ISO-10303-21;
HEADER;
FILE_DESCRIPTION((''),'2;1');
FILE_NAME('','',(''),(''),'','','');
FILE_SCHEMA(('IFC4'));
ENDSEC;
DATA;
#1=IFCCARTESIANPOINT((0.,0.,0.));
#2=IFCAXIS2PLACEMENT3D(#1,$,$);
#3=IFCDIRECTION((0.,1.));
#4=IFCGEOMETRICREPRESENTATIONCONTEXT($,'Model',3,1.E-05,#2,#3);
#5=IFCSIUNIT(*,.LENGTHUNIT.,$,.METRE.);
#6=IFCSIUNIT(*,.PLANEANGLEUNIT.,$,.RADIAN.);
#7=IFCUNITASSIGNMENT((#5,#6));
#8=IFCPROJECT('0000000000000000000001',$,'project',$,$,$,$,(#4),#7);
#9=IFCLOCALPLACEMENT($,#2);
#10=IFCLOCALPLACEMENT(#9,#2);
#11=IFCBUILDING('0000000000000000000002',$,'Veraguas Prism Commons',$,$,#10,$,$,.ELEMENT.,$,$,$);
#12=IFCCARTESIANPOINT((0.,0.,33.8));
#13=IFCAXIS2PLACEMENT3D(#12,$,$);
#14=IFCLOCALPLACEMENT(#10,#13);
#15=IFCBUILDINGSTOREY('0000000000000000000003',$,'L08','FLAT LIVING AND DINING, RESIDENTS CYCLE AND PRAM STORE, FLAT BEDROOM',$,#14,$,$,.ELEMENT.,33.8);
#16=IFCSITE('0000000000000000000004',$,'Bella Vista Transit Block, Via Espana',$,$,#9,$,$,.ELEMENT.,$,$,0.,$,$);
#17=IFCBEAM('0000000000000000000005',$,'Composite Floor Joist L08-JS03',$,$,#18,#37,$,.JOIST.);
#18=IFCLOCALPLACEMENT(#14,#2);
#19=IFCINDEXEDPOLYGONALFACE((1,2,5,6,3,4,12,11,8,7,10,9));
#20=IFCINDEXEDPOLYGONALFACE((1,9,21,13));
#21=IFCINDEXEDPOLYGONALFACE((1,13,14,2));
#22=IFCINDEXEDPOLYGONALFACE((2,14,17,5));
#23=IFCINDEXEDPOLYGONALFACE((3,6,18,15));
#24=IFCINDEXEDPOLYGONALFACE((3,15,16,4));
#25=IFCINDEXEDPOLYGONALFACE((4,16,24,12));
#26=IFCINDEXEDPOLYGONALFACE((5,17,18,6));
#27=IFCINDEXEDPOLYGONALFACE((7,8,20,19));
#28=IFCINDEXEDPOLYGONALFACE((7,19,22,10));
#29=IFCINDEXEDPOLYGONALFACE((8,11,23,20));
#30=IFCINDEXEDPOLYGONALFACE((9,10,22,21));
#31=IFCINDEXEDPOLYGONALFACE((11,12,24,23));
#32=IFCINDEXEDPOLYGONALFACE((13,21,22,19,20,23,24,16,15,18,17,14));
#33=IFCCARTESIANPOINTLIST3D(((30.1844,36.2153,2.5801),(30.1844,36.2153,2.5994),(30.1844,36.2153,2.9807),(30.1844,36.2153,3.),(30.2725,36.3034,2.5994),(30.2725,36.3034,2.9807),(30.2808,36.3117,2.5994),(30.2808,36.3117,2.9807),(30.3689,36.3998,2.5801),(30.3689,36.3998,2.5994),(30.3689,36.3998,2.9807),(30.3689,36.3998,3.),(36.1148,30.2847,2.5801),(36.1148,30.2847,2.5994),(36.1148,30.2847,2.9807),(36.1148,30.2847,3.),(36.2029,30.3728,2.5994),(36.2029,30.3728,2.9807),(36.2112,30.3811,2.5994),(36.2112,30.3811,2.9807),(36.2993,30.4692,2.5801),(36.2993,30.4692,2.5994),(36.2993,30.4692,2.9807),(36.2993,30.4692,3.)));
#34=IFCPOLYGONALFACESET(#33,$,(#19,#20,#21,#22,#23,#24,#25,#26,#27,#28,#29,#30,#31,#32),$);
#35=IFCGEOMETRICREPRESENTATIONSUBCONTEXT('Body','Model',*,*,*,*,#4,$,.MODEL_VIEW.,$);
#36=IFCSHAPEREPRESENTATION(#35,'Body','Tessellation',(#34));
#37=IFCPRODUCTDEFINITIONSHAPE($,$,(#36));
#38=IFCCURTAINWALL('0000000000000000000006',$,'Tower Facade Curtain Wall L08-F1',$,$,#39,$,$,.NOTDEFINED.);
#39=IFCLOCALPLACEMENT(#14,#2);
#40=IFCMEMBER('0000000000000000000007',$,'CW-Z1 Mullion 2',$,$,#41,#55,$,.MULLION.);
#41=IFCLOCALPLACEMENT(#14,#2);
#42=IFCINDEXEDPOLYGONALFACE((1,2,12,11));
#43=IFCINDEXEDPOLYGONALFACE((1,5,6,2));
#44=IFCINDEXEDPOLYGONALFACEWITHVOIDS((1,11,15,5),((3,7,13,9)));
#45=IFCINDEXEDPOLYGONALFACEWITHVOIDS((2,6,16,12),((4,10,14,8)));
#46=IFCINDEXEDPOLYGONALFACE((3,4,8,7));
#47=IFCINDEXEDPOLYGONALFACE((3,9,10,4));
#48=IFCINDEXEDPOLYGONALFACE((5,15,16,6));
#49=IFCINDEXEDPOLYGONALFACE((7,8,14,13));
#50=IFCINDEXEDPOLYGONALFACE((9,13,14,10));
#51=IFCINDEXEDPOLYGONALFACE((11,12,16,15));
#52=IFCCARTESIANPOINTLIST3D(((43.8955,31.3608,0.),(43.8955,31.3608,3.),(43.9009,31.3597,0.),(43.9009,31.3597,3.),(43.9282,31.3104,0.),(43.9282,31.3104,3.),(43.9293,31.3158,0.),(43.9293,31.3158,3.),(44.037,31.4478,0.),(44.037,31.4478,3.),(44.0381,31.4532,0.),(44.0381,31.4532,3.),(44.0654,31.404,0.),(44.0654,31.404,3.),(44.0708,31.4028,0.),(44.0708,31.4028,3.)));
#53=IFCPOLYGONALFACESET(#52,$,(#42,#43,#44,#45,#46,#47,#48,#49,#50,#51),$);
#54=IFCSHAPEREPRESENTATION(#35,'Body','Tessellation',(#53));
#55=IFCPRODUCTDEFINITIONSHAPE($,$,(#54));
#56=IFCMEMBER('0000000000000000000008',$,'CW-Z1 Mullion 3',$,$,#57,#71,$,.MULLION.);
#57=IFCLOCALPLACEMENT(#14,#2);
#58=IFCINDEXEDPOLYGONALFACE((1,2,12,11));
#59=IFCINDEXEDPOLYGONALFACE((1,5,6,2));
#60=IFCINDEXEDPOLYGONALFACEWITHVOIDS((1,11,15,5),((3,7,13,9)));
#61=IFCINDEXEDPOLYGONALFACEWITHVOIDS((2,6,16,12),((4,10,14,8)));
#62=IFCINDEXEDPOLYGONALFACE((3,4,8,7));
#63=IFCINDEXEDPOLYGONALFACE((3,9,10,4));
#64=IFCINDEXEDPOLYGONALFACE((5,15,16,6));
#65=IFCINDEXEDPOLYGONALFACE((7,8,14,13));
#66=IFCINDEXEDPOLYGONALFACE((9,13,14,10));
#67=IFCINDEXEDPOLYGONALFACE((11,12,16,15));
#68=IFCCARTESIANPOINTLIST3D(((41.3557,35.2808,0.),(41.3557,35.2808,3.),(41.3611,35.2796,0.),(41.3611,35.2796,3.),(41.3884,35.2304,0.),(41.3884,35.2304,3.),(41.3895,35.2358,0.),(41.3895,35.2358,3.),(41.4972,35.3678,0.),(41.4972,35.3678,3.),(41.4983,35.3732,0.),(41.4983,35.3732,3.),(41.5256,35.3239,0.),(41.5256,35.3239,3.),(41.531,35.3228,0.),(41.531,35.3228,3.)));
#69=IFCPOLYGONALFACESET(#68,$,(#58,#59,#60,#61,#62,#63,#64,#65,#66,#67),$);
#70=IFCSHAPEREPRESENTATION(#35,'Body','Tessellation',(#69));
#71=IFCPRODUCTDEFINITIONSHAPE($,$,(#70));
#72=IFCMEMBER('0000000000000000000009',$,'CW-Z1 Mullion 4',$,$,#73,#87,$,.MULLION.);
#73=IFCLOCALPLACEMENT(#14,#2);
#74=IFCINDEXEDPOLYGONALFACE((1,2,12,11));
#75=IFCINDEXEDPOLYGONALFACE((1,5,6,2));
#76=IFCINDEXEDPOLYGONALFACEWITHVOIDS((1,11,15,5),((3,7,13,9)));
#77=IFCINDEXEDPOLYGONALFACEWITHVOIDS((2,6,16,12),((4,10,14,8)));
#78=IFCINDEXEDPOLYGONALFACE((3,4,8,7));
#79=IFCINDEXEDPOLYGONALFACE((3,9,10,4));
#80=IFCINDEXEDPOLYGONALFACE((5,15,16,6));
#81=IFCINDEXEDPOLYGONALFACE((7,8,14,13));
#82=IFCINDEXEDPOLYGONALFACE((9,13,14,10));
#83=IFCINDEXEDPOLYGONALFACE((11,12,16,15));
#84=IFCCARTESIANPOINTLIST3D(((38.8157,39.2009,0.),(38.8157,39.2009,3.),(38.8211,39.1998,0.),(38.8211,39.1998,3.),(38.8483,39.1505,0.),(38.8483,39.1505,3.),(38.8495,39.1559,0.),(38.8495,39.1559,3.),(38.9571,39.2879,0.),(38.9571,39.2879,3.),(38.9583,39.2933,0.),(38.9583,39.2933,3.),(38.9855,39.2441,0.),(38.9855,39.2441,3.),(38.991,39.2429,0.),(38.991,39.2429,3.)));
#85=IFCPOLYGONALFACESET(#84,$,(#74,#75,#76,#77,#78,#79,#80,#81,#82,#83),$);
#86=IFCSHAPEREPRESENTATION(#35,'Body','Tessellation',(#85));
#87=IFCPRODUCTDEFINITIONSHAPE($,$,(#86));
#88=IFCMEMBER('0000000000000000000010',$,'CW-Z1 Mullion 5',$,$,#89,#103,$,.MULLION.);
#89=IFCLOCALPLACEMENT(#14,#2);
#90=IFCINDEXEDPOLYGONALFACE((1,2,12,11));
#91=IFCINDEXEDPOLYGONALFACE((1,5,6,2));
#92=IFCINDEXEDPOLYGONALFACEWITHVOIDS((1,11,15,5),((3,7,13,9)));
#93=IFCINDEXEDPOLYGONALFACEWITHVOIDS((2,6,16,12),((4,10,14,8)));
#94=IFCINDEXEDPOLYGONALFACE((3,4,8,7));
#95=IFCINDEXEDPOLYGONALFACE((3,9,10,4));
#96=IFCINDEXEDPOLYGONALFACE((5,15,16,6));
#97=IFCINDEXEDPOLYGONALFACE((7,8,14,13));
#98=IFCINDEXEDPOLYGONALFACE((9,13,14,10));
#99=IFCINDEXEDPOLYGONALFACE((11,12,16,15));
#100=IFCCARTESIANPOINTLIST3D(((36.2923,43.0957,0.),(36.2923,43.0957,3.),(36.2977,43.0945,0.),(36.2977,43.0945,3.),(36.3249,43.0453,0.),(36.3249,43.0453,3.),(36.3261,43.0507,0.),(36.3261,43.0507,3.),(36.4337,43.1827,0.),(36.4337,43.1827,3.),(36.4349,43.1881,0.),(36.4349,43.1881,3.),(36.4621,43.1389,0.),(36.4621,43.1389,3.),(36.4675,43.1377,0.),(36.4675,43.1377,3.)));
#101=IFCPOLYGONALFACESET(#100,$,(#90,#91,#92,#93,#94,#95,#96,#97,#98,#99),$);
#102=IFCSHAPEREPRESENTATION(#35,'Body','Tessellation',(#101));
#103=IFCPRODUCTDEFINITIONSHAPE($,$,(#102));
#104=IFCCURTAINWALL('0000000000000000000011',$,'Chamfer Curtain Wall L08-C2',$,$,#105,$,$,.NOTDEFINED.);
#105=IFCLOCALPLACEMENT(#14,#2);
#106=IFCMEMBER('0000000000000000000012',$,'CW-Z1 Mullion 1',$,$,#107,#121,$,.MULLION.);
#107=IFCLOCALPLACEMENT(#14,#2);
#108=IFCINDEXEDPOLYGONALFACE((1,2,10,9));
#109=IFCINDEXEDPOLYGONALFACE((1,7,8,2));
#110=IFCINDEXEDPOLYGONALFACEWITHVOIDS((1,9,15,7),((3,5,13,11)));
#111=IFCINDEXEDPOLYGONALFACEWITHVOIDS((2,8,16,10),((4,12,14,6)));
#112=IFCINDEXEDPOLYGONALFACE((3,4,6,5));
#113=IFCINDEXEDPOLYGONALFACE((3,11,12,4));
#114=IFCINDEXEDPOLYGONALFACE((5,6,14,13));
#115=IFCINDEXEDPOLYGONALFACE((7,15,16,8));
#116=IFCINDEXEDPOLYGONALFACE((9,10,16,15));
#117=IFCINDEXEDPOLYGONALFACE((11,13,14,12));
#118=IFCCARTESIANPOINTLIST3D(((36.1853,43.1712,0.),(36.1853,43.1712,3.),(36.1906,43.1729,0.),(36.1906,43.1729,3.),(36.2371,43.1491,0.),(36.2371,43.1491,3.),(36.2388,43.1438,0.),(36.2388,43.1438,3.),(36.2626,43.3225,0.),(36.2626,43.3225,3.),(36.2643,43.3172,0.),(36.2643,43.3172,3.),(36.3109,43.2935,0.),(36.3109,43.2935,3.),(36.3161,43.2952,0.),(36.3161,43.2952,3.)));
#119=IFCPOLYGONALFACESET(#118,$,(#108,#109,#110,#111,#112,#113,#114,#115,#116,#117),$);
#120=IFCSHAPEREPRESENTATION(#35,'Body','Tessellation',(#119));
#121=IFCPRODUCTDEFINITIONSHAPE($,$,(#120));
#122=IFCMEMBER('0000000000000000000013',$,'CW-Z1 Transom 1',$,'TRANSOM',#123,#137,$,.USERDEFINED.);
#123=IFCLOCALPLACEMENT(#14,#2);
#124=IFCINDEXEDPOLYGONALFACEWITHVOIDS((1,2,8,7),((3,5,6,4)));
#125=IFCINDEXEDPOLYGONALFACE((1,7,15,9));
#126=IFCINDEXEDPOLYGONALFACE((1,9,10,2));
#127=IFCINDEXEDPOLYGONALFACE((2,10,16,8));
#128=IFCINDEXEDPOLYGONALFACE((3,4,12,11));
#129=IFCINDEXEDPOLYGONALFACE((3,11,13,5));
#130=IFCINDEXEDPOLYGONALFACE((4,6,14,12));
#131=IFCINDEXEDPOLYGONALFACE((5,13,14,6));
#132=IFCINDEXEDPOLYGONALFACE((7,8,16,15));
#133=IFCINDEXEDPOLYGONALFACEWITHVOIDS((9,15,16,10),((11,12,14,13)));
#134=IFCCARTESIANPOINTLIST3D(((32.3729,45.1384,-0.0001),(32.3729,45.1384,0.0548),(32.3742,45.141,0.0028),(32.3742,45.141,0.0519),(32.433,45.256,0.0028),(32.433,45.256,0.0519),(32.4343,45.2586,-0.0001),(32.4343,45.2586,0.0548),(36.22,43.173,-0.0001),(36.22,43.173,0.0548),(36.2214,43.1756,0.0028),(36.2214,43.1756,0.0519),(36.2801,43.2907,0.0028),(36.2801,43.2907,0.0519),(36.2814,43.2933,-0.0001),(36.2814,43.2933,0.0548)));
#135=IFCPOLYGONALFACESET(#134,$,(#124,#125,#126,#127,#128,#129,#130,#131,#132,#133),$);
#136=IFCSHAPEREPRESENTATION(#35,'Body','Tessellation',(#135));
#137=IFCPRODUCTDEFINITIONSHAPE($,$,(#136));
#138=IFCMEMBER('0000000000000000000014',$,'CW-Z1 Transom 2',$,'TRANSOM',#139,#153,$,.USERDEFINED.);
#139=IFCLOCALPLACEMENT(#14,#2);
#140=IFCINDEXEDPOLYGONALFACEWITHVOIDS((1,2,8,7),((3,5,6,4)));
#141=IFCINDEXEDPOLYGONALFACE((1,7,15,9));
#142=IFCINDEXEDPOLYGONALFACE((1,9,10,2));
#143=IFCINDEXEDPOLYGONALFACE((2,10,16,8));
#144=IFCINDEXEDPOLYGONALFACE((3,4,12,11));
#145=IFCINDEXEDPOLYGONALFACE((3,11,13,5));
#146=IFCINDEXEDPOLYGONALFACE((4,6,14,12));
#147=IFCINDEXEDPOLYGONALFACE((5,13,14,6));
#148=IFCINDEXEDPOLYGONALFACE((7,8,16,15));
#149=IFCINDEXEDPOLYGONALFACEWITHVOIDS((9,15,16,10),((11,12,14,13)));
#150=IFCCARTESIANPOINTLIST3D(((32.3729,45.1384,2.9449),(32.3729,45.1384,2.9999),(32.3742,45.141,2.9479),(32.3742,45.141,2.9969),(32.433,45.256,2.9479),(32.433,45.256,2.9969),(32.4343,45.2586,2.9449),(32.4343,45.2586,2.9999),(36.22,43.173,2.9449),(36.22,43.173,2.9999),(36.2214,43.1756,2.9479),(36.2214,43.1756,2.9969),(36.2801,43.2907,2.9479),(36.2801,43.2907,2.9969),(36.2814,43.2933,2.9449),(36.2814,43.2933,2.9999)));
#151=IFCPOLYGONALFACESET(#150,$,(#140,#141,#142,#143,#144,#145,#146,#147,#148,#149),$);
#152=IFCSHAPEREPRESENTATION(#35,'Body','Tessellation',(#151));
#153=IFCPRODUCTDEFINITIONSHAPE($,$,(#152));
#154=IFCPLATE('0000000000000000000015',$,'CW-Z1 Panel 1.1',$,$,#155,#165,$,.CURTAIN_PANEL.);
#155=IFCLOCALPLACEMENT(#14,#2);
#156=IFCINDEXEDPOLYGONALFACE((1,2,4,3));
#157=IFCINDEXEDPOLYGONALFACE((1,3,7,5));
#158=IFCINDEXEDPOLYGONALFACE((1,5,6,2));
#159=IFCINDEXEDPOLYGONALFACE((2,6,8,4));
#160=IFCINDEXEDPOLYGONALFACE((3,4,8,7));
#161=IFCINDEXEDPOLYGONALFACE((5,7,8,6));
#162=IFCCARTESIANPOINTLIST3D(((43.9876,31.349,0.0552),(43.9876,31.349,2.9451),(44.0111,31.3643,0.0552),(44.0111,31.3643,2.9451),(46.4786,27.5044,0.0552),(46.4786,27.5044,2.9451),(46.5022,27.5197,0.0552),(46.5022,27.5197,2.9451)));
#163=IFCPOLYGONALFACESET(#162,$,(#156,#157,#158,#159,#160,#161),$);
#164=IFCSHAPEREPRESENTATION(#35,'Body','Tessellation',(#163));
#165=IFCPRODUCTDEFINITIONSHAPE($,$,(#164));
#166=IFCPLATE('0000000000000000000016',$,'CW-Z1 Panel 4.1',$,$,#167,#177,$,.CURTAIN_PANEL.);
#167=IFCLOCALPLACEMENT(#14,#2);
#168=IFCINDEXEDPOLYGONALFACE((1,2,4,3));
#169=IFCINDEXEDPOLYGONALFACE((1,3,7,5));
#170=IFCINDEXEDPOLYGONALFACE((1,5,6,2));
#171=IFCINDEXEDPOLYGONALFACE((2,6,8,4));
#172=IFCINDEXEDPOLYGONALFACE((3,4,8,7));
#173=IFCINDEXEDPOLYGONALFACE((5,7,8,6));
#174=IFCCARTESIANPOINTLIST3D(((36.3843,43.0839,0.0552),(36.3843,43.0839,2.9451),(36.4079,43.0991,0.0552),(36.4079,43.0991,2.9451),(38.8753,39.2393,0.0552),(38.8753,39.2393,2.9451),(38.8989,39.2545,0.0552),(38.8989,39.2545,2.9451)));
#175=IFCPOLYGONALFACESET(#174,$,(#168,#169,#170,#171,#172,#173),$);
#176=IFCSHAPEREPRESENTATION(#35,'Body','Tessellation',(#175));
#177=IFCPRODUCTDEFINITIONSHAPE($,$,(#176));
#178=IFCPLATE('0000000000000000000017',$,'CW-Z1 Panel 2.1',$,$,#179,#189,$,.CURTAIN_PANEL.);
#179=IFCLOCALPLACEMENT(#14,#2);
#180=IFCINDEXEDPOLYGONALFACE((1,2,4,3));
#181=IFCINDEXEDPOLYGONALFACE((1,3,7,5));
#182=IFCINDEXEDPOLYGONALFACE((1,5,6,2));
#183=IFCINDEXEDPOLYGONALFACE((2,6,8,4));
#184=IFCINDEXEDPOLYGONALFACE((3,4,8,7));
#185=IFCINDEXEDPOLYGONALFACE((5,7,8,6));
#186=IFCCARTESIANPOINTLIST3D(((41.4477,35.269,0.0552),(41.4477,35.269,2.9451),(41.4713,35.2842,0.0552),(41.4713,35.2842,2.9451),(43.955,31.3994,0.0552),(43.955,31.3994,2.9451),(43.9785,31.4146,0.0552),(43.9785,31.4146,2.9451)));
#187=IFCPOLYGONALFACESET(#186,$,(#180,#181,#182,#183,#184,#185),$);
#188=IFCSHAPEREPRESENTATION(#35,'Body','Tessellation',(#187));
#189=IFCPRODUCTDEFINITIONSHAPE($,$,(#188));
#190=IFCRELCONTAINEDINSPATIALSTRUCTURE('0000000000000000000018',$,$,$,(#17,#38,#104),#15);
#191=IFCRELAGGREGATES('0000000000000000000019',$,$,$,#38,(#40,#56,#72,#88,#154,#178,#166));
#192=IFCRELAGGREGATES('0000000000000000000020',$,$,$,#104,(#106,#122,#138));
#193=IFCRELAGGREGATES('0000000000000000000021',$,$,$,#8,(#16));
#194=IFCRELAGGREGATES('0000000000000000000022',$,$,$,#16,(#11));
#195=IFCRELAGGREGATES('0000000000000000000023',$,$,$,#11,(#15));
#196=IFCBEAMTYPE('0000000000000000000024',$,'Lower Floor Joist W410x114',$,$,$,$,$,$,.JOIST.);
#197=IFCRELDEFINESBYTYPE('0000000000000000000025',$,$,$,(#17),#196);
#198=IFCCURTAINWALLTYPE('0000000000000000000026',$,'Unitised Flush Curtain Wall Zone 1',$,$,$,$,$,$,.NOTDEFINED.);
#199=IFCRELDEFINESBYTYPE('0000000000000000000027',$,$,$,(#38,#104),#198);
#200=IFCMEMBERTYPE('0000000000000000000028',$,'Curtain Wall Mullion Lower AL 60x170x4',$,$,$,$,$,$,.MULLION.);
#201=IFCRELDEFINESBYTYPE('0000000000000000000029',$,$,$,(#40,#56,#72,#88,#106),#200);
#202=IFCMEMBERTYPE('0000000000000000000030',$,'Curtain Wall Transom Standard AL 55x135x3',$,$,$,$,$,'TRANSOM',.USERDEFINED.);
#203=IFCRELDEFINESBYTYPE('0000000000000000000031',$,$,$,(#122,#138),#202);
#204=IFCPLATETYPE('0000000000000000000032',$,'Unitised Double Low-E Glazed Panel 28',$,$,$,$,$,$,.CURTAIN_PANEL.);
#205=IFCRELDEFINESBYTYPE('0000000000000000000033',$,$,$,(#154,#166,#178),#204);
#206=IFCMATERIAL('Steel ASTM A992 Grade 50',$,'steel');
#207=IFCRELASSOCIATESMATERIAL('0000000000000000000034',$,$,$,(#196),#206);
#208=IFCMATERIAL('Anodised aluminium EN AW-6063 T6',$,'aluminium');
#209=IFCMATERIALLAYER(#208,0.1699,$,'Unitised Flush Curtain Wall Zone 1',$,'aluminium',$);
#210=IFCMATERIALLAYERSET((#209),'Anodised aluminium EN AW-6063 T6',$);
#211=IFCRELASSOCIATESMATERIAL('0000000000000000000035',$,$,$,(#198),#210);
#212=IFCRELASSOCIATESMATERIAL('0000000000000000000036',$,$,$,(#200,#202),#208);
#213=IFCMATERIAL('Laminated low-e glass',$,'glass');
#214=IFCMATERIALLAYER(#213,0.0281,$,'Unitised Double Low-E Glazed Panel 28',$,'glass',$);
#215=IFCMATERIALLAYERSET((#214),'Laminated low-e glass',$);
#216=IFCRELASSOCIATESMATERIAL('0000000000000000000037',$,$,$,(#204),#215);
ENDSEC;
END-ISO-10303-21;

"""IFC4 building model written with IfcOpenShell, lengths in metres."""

from ifc_helpers import new_model, si_unit, direction, frame, origin, origin_2d, place, context, subcontext, project, spatial, rectangle, hollow_rectangle, i_section, extrude, source, transform, mapped, material, layer, layer_set, material_profile, profile_set, type_object, element, aggregate, save


model = new_model("IFC4")

# Units and contexts
model_context = context("Model", 3, precision=1e-05, world=origin(), true_north=direction((0.0, 1.0)))
body_context = subcontext(model_context, "Body", "Model", "MODEL_VIEW")
ifc_project = project(units=[si_unit("LENGTHUNIT", "METRE"), si_unit("PLANEANGLEUNIT", "RADIAN")], contexts=[model_context])

# Site, building, storey
site_placement = place(None, origin())
site = spatial("IfcSite", under=ifc_project, at=site_placement, Name="Bella Vista Transit Block, Via Espana", CompositionType="ELEMENT", RefElevation=0.0)
building_placement = place(site_placement, origin())
building = spatial("IfcBuilding", under=site, at=building_placement, Name="Veraguas Prism Commons", CompositionType="ELEMENT")
storey_placement = place(building_placement, frame((0.0, 0.0, 33.8)))
storey = spatial("IfcBuildingStorey", under=building, at=storey_placement, Name="L08", Description="FLAT LIVING AND DINING, RESIDENTS CYCLE AND PRAM STORE, FLAT BEDROOM", CompositionType="ELEMENT", Elevation=33.8)

# Beam
ifc_material_1 = material(Name="Steel ASTM A992 Grade 50", Category="steel")
ifc_material_profile_1 = material_profile(ifc_material_1, i_section(OverallWidth=0.261, OverallDepth=0.4199, WebThickness=0.0117, FlangeThickness=0.0193, at=origin_2d()), Name="W410X114")
ifc_profile_set_1 = profile_set([ifc_material_profile_1], Name="Steel ASTM A992 Grade 50")
beam_type = type_object("IfcBeamType", Name="Lower Floor Joist W410x114", PredefinedType="JOIST", material=ifc_profile_set_1)
beam_placement = place(storey_placement, frame((36.207, 30.377, 2.79), z_axis=(-0.707092, 0.707121, 0.0), x_axis=(-0.707121, -0.707092, 0.0)))
element("IfcBeam", 1, at=beam_placement, inside=storey, type_object=beam_type, Name="Composite Floor Joist L08-JS03", PredefinedType="JOIST", context=body_context, shape_type="SweptSolid", body=[
    extrude(i_section(OverallWidth=0.261, OverallDepth=0.4199, WebThickness=0.0117, FlangeThickness=0.0193, at=origin_2d()), origin(), (0.0, 0.0, 1.0), 8.387),
])

# Curtain walls, members
ifc_material_2 = material(Name="Anodised aluminium EN AW-6063 T6", Category="aluminium")
ifc_layer_1 = layer(ifc_material_2, 0.1699, Name="Unitised Flush Curtain Wall Zone 1", Category="aluminium")
ifc_layer_set_1 = layer_set([ifc_layer_1], Name="Anodised aluminium EN AW-6063 T6")
curtain_wall_type = type_object("IfcCurtainWallType", Name="Unitised Flush Curtain Wall Zone 1", PredefinedType="NOTDEFINED", material=ifc_layer_set_1)
curtain_wall_1_placement = place(storey_placement, origin())
curtain_wall_1 = element("IfcCurtainWall", 2, at=curtain_wall_1_placement, inside=storey, type_object=curtain_wall_type, Name="Tower Facade Curtain Wall L08-F1", PredefinedType="NOTDEFINED")
ifc_material_profile_2 = material_profile(ifc_material_2, hollow_rectangle(XDim=0.0601, YDim=0.1699, WallThickness=0.0039, at=origin_2d()), Name="AL60X170X4")
ifc_profile_set_2 = profile_set([ifc_material_profile_2], Name="Anodised aluminium EN AW-6063 T6")
member_type_1 = type_object("IfcMemberType", Name="Curtain Wall Mullion Lower AL 60x170x4", PredefinedType="MULLION", material=ifc_profile_set_2)
shared_shape_1 = source(origin(), body_context, "Body", "SweptSolid", [
    extrude(hollow_rectangle(XDim=0.0601, YDim=0.1699, WallThickness=0.0039, at=origin_2d()), origin(), (0.0, 0.0, 1.0), 3.0),
])
member_1_placement = place(storey_placement, frame((43.9832, 31.3818, 0.0), z_axis=(0.0, 0.0, 1.0), x_axis=(-0.543766, 0.839237, 0.0)))
member_1 = element("IfcMember", 3, at=member_1_placement, type_object=member_type_1, Name="CW-Z1 Mullion 2", PredefinedType="MULLION", context=body_context, shape_type="MappedRepresentation", body=[
    mapped(shared_shape_1, transform((0.0, 0.0, 0.0), scale=1.0)),
])
member_2_placement = place(storey_placement, frame((41.4434, 35.3018, 0.0), z_axis=(0.0, 0.0, 1.0), x_axis=(-0.543766, 0.839237, 0.0)))
member_2 = element("IfcMember", 4, at=member_2_placement, type_object=member_type_1, Name="CW-Z1 Mullion 3", PredefinedType="MULLION", context=body_context, shape_type="MappedRepresentation", body=[
    mapped(shared_shape_1, transform((0.0, 0.0, 0.0), scale=1.0)),
])
member_3_placement = place(storey_placement, frame((38.9033, 39.2219, 0.0), z_axis=(0.0, 0.0, 1.0), x_axis=(-0.543766, 0.839237, 0.0)))
member_3 = element("IfcMember", 5, at=member_3_placement, type_object=member_type_1, Name="CW-Z1 Mullion 4", PredefinedType="MULLION", context=body_context, shape_type="MappedRepresentation", body=[
    mapped(shared_shape_1, transform((0.0, 0.0, 0.0), scale=1.0)),
])
member_4_placement = place(storey_placement, frame((36.3799, 43.1167, 0.0), z_axis=(0.0, 0.0, 1.0), x_axis=(-0.543766, 0.839237, 0.0)))
member_4 = element("IfcMember", 6, at=member_4_placement, type_object=member_type_1, Name="CW-Z1 Mullion 5", PredefinedType="MULLION", context=body_context, shape_type="MappedRepresentation", body=[
    mapped(shared_shape_1, transform((0.0, 0.0, 0.0), scale=1.0)),
])
curtain_wall_2_placement = place(storey_placement, origin())
curtain_wall_2 = element("IfcCurtainWall", 7, at=curtain_wall_2_placement, inside=storey, type_object=curtain_wall_type, Name="Chamfer Curtain Wall L08-C2", PredefinedType="NOTDEFINED")
member_5_placement = place(storey_placement, frame((36.2507, 43.2332, 0.0), z_axis=(0.0, 0.0, 1.0), x_axis=(-0.890531, 0.454923, 0.0)))
member_5 = element("IfcMember", 8, at=member_5_placement, type_object=member_type_1, Name="CW-Z1 Mullion 1", PredefinedType="MULLION", context=body_context, shape_type="MappedRepresentation", body=[
    mapped(shared_shape_1, transform((0.0, 0.0, 0.0), scale=1.0)),
])
ifc_material_profile_3 = material_profile(ifc_material_2, hollow_rectangle(XDim=0.0549, YDim=0.135, WallThickness=0.0029, at=origin_2d()), Name="AL55X135X3")
ifc_profile_set_3 = profile_set([ifc_material_profile_3], Name="Anodised aluminium EN AW-6063 T6")
member_type_2 = type_object("IfcMemberType", Name="Curtain Wall Transom Standard AL 55x135x3", ElementType="TRANSOM", PredefinedType="USERDEFINED", material=ifc_profile_set_3)
shared_shape_2 = source(origin(), body_context, "Body", "SweptSolid", [
    extrude(hollow_rectangle(XDim=0.0549, YDim=0.135, WallThickness=0.0029, at=origin_2d()), origin(), (0.0, 0.0, 1.0), 4.3201),
])
member_6_placement = place(storey_placement, frame((36.2507, 43.2332, 0.0273), z_axis=(-0.890528, 0.454928, 0.0), x_axis=(0.0, 0.0, 1.0)))
member_6 = element("IfcMember", 9, at=member_6_placement, type_object=member_type_2, Name="CW-Z1 Transom 1", ObjectType="TRANSOM", PredefinedType="USERDEFINED", context=body_context, shape_type="MappedRepresentation", body=[
    mapped(shared_shape_2, transform((0.0, 0.0, 0.0), scale=1.0)),
])
member_7_placement = place(storey_placement, frame((36.2507, 43.2332, 2.9724), z_axis=(-0.890528, 0.454928, 0.0), x_axis=(0.0, 0.0, 1.0)))
member_7 = element("IfcMember", 10, at=member_7_placement, type_object=member_type_2, Name="CW-Z1 Transom 2", ObjectType="TRANSOM", PredefinedType="USERDEFINED", context=body_context, shape_type="MappedRepresentation", body=[
    mapped(shared_shape_2, transform((0.0, 0.0, 0.0), scale=1.0)),
])

# Plates
ifc_material_3 = material(Name="Laminated low-e glass", Category="glass")
ifc_layer_2 = layer(ifc_material_3, 0.0281, Name="Unitised Double Low-E Glazed Panel 28", Category="glass")
ifc_layer_set_2 = layer_set([ifc_layer_2], Name="Laminated low-e glass")
plate_type = type_object("IfcPlateType", Name="Unitised Double Low-E Glazed Panel 28", PredefinedType="CURTAIN_PANEL", material=ifc_layer_set_2)
shared_shape_3 = source(origin(), body_context, "Body", "SweptSolid", [
    extrude(rectangle(XDim=4.5811, YDim=0.0281, at=origin_2d()), origin(), (0.0, 0.0, 1.0), 2.8899),
])
plate_1_placement = place(storey_placement, frame((45.2449, 29.4343, 0.0552), z_axis=(0.0, 0.0, 1.0), x_axis=(-0.543766, 0.839237, 0.0)))
plate_1 = element("IfcPlate", 11, at=plate_1_placement, type_object=plate_type, Name="CW-Z1 Panel 1.1", PredefinedType="CURTAIN_PANEL", context=body_context, shape_type="MappedRepresentation", body=[
    mapped(shared_shape_3, transform((0.0, 0.0, 0.0), scale=1.0)),
])
plate_2_placement = place(storey_placement, frame((37.6416, 41.1692, 0.0552), z_axis=(0.0, 0.0, 1.0), x_axis=(-0.543766, 0.839237, 0.0)))
plate_2 = element("IfcPlate", 12, at=plate_2_placement, type_object=plate_type, Name="CW-Z1 Panel 4.1", PredefinedType="CURTAIN_PANEL", context=body_context, shape_type="MappedRepresentation", body=[
    mapped(shared_shape_3, transform((0.0, 0.0, 0.0), scale=1.0)),
])
shared_shape_4 = source(origin(), body_context, "Body", "SweptSolid", [
    extrude(rectangle(XDim=4.6108, YDim=0.0281, at=origin_2d()), origin(), (0.0, 0.0, 1.0), 2.8899),
])
plate_3_placement = place(storey_placement, frame((42.7131, 33.3418, 0.0552), z_axis=(0.0, 0.0, 1.0), x_axis=(-0.543766, 0.839237, 0.0)))
plate_3 = element("IfcPlate", 13, at=plate_3_placement, type_object=plate_type, Name="CW-Z1 Panel 2.1", PredefinedType="CURTAIN_PANEL", context=body_context, shape_type="MappedRepresentation", body=[
    mapped(shared_shape_4, transform((0.0, 0.0, 0.0), scale=1.0)),
])
aggregate(curtain_wall_1, [member_1, member_2, member_3, member_4, plate_1, plate_3, plate_2])
aggregate(curtain_wall_2, [member_5, member_6, member_7])

save(model, "model.ifc")
